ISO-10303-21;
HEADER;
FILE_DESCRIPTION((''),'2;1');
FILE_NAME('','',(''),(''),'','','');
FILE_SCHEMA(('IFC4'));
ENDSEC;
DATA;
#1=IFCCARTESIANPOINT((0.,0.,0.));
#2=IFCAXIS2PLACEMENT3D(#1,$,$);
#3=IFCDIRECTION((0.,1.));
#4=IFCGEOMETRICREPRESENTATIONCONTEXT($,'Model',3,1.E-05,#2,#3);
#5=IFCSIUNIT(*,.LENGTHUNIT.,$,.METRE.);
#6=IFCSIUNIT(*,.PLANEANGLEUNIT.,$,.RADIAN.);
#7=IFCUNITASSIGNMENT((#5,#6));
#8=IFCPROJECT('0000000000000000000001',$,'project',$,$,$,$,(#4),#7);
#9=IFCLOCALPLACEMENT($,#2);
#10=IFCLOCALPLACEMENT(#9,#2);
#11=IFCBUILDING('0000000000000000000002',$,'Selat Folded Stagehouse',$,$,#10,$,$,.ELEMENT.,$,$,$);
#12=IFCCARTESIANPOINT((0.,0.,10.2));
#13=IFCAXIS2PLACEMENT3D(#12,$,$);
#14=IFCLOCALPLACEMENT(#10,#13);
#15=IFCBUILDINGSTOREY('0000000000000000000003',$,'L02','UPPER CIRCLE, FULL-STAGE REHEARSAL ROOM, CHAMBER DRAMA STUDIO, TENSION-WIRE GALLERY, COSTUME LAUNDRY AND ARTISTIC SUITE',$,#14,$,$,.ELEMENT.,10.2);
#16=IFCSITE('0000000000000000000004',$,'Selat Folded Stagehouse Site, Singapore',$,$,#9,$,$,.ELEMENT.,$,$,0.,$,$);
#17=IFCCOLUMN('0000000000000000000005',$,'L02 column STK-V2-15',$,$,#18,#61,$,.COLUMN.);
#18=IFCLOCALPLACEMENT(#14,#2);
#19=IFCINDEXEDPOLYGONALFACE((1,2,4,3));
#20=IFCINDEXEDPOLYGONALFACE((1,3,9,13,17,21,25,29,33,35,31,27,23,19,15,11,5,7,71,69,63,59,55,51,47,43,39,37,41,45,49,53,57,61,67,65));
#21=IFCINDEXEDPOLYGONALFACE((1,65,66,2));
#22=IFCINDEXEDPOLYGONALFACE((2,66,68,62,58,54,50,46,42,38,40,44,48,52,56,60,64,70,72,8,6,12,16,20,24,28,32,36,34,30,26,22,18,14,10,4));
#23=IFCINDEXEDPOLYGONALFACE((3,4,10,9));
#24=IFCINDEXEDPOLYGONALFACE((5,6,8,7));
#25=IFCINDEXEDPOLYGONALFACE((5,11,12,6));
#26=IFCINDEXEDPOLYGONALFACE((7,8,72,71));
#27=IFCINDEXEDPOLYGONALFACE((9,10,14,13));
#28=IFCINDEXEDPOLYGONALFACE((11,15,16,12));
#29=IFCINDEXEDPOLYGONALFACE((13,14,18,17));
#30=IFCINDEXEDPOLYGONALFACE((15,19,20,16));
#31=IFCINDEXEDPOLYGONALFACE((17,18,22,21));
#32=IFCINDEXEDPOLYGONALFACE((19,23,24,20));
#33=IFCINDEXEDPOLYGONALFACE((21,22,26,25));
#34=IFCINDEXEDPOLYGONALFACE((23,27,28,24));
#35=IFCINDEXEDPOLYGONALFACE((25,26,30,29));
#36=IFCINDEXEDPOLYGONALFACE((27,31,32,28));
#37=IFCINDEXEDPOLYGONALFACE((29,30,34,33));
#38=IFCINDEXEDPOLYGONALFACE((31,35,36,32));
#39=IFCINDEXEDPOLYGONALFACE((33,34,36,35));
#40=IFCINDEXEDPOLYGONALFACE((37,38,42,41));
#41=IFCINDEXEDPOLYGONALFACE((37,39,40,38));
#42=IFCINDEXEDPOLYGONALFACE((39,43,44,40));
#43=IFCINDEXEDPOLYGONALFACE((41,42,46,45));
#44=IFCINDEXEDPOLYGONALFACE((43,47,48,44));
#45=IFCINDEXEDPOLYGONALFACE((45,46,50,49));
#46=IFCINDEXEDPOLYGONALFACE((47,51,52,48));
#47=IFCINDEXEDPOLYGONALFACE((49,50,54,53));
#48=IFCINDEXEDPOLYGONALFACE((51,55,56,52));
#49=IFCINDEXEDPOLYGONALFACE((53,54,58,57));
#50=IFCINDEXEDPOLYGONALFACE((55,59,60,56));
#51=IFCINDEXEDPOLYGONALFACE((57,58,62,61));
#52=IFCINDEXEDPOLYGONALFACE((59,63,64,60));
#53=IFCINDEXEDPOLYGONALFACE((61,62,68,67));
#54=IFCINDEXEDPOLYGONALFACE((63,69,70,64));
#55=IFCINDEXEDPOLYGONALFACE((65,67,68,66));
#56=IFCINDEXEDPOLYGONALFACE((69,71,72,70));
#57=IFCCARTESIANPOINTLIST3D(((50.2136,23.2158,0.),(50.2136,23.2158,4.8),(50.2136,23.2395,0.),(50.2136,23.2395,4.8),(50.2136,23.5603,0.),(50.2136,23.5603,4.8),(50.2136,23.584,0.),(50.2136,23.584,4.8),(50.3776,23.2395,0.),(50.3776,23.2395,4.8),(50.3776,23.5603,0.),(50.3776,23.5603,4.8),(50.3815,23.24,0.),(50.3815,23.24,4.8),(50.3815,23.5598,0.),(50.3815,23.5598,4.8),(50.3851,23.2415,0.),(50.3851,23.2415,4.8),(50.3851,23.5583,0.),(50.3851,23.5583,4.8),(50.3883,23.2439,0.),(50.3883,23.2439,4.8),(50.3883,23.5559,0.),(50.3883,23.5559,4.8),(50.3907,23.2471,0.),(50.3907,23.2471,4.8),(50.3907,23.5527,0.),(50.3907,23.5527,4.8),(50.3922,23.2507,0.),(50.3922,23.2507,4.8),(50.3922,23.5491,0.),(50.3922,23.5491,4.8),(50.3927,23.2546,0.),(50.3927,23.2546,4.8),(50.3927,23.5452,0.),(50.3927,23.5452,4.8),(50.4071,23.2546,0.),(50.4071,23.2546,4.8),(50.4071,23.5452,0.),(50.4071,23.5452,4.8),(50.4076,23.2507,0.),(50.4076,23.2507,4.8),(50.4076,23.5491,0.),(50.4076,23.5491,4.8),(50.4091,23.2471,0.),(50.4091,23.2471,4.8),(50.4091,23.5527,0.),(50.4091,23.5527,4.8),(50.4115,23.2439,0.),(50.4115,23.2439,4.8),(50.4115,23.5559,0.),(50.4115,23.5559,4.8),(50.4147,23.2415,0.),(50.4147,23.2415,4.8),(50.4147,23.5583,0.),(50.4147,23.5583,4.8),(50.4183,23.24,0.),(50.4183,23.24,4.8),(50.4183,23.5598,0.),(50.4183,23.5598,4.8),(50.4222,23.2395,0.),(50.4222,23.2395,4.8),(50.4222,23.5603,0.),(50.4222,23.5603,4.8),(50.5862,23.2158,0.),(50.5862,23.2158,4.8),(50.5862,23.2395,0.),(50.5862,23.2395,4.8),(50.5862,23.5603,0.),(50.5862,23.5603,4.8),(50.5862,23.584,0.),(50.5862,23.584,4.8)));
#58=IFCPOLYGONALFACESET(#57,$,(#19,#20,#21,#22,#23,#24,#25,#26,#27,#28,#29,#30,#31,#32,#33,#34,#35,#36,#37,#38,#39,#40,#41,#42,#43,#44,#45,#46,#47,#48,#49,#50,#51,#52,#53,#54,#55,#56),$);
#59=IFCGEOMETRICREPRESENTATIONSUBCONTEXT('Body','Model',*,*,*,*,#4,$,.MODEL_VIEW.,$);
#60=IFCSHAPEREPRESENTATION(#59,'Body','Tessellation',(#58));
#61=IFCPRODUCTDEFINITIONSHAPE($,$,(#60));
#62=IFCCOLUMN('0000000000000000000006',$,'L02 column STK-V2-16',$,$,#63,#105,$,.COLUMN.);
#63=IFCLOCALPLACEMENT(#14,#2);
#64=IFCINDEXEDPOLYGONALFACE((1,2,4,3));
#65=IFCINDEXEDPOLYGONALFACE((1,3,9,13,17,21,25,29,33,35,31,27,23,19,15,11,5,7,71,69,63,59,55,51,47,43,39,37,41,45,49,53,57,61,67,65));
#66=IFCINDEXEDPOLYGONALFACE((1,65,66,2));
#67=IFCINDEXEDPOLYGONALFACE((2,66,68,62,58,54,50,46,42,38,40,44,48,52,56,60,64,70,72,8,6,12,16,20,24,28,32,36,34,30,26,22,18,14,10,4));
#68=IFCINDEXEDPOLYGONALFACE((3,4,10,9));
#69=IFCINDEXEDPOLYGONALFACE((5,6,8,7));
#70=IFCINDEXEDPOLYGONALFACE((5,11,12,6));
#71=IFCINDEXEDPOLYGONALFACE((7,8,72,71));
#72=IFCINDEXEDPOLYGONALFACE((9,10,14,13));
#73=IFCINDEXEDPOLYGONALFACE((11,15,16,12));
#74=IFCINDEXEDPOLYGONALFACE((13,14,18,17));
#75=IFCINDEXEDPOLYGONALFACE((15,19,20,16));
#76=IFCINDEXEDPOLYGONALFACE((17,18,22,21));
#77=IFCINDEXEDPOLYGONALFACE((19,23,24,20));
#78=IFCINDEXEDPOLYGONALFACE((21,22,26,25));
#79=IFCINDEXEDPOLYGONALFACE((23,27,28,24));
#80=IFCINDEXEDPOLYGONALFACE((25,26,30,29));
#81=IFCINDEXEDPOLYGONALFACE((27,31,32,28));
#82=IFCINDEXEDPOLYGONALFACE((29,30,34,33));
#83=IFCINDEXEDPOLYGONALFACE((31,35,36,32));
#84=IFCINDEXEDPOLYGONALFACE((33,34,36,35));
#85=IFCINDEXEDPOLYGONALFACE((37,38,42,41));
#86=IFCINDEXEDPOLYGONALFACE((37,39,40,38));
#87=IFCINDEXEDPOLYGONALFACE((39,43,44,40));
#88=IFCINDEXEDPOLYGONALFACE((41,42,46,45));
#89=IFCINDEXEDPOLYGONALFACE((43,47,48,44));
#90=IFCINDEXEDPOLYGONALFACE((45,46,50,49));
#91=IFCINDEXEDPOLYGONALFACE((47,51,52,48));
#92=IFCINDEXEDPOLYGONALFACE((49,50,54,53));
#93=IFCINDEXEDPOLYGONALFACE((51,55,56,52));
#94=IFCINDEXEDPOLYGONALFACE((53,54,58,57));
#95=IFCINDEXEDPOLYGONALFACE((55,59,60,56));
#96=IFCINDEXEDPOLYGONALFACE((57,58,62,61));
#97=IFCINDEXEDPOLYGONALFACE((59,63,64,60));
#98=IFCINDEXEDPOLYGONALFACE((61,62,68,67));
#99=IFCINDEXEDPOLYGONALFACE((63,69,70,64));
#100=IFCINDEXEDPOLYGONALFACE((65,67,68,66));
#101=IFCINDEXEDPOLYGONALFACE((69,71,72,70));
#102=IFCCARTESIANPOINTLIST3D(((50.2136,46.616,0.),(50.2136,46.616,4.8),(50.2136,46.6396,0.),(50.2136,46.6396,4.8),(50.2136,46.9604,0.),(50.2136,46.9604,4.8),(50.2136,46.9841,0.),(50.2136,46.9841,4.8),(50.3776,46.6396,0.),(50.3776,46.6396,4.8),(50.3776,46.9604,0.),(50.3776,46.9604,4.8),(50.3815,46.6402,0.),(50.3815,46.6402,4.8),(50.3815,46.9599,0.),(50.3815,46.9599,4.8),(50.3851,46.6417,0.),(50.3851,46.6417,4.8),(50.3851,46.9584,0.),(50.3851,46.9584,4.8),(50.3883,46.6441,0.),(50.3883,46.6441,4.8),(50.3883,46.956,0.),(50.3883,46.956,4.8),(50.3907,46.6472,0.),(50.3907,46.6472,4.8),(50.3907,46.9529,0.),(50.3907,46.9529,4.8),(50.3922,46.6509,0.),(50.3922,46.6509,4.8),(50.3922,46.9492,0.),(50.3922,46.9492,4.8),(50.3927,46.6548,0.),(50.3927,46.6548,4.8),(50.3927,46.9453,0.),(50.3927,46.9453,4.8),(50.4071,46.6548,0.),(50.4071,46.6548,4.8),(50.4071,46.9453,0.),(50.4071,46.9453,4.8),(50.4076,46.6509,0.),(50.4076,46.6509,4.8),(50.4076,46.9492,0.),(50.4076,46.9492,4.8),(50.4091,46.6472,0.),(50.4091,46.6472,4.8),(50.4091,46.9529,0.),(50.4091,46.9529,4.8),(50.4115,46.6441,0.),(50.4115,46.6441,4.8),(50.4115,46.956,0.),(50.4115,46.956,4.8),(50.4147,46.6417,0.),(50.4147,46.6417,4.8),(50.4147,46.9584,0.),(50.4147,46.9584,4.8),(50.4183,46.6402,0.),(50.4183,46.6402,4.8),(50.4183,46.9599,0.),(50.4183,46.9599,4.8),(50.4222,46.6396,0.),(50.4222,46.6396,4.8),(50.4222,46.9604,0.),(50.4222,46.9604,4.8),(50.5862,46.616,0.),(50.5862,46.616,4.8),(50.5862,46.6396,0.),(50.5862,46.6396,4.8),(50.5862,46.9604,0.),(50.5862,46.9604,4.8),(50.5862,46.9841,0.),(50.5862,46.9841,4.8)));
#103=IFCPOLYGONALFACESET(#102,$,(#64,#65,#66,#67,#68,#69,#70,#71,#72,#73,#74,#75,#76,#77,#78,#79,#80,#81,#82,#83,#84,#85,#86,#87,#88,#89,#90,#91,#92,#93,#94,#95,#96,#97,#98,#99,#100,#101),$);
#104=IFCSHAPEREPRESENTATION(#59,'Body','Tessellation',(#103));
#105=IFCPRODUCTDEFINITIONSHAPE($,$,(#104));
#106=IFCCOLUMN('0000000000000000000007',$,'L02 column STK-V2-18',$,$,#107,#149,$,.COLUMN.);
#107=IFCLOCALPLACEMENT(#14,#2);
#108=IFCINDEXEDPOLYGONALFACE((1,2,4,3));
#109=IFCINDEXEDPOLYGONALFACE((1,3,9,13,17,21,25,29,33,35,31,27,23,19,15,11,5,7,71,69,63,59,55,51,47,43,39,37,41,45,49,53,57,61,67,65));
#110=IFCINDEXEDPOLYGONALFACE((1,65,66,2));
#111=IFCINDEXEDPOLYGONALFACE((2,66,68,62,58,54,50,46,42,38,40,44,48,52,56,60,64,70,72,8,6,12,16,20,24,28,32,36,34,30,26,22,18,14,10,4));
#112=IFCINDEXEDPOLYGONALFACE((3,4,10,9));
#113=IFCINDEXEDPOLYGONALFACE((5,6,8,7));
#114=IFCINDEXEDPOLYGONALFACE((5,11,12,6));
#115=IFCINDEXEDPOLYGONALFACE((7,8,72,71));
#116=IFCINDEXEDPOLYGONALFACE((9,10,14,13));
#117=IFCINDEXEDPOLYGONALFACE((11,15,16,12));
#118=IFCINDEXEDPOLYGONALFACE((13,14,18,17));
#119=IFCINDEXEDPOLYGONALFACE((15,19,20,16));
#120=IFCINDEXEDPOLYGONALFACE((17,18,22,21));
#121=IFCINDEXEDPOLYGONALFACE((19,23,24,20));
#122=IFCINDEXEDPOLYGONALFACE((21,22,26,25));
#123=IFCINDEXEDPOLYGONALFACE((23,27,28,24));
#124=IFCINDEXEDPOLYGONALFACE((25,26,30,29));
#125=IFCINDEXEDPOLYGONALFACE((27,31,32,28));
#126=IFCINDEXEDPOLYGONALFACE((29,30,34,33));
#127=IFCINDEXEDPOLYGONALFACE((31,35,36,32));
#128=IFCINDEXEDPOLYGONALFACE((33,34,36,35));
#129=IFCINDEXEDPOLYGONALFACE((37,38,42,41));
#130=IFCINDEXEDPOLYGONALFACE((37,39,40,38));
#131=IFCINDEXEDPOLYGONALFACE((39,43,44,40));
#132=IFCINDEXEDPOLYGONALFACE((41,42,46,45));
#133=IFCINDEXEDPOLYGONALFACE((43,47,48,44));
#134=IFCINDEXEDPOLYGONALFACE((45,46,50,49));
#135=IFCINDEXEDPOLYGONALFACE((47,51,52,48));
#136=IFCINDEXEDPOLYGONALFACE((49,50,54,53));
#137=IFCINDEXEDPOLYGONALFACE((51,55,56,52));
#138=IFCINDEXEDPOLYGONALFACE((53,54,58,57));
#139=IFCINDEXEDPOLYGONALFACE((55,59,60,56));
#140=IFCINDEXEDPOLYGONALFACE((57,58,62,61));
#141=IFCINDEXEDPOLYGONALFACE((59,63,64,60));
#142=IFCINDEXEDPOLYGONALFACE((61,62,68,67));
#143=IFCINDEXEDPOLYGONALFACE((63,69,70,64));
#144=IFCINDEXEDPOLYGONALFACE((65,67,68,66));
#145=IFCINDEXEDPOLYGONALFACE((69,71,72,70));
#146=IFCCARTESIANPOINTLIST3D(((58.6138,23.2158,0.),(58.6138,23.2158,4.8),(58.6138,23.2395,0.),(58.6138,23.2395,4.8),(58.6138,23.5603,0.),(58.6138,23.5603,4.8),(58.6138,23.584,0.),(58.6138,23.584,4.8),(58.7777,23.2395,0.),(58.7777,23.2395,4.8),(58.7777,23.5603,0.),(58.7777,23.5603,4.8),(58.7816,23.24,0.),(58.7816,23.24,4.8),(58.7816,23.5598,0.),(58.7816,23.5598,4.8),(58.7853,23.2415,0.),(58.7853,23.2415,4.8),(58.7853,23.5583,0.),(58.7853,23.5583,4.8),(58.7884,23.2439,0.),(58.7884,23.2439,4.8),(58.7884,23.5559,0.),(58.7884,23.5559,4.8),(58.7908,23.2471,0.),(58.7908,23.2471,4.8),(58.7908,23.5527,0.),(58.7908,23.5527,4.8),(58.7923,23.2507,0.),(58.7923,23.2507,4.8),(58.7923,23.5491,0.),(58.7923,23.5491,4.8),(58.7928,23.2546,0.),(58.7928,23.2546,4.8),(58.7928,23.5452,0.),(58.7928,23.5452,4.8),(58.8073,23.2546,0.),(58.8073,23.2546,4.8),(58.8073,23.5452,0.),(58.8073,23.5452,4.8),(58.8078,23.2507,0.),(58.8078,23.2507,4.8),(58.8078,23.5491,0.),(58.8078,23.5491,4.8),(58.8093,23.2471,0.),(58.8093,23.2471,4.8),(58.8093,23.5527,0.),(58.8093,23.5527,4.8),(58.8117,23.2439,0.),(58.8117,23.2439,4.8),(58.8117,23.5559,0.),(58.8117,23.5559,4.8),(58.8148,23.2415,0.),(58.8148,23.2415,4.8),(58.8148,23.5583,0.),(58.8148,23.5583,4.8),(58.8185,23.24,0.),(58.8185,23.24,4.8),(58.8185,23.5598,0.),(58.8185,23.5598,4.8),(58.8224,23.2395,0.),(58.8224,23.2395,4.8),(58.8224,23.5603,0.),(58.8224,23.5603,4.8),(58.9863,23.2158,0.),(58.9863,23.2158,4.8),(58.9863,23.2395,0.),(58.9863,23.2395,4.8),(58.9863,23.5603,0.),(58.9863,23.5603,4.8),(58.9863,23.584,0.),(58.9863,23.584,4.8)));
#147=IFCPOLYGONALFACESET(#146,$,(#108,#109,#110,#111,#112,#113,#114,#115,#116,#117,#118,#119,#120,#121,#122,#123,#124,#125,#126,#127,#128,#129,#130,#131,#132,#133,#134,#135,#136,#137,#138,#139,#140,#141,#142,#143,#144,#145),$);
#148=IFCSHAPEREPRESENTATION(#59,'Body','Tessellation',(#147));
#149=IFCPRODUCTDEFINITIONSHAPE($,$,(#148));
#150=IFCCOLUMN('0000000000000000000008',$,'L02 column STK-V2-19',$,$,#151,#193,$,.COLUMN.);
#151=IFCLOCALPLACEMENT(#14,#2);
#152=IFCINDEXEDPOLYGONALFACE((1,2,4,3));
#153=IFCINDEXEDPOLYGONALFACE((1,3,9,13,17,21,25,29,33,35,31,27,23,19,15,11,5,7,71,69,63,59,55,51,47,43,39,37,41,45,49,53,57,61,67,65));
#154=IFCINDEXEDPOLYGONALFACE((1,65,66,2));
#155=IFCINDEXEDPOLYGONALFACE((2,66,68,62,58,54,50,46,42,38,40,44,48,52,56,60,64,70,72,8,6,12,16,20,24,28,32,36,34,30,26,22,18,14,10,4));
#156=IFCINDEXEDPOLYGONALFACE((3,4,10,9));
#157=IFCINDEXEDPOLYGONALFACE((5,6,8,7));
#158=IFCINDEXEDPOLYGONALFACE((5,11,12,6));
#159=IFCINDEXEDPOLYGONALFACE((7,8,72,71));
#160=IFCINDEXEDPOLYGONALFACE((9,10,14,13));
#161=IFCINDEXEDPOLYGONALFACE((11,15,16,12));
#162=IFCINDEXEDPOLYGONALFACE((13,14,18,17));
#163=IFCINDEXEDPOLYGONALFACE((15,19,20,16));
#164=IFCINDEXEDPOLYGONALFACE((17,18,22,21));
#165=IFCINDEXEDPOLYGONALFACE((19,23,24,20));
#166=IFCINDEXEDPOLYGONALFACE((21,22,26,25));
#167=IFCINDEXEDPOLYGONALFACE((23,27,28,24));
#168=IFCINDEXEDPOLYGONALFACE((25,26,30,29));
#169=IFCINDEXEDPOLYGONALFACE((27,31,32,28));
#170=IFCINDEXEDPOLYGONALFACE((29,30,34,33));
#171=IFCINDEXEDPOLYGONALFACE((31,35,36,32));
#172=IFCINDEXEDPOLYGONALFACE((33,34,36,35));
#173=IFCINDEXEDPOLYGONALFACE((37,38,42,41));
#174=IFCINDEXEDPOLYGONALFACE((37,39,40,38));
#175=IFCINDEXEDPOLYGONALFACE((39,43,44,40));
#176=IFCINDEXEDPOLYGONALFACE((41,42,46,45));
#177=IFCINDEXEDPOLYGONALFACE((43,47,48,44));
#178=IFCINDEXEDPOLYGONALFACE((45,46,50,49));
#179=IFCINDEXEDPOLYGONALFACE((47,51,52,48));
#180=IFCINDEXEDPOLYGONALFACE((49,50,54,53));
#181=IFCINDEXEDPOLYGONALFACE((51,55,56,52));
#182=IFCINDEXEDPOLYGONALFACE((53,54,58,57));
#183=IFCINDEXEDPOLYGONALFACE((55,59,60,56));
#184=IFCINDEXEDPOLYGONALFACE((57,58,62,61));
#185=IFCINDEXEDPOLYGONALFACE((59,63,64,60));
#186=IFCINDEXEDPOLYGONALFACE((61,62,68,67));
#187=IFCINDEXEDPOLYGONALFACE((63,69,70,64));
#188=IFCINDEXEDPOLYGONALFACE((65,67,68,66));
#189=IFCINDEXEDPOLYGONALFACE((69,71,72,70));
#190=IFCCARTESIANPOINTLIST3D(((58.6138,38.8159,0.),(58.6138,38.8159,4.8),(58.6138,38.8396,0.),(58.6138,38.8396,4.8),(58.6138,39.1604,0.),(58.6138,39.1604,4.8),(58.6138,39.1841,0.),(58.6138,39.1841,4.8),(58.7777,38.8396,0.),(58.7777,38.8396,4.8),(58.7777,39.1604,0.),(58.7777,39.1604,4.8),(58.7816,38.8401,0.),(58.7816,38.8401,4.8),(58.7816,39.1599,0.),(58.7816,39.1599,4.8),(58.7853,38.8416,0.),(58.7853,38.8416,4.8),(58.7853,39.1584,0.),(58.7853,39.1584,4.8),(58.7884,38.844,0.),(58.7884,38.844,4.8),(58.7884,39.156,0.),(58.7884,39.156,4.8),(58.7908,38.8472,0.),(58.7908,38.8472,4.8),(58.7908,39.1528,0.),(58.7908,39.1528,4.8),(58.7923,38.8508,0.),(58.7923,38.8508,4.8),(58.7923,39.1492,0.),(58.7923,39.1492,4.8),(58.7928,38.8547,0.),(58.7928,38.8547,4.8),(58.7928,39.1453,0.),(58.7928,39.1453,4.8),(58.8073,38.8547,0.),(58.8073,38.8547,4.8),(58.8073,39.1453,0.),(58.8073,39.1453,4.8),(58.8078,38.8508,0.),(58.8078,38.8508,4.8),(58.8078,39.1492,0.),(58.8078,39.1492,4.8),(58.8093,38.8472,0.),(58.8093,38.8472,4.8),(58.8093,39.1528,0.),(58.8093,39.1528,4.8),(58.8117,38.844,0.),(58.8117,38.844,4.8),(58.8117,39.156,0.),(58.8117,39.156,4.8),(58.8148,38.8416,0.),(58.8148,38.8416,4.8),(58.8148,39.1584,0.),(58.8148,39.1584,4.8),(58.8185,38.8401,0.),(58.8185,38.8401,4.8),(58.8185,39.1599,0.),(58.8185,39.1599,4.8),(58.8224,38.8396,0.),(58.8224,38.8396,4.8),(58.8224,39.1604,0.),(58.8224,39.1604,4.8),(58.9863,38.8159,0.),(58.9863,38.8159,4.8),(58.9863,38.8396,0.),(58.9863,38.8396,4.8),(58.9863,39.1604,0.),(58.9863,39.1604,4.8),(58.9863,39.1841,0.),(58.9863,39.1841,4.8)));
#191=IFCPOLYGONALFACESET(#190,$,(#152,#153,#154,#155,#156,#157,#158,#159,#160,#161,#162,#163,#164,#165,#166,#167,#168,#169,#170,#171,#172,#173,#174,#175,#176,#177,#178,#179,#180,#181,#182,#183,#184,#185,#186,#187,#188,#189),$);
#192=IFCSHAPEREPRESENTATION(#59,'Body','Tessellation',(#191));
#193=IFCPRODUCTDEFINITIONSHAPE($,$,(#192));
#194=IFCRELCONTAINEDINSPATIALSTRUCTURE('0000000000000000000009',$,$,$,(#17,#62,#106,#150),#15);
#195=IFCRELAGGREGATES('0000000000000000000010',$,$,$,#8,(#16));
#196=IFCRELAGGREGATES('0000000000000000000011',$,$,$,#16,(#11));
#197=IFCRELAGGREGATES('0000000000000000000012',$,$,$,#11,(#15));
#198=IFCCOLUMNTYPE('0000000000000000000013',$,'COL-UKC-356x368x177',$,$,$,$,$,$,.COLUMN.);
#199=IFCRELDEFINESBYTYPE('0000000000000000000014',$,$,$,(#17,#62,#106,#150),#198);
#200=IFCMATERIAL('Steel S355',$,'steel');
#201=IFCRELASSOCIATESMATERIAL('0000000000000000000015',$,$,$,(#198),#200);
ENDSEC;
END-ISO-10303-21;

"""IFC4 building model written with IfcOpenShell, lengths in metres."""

from ifc_helpers import new_model, si_unit, direction, frame, origin, origin_2d, place, context, subcontext, project, spatial, i_section, extrude, material, material_profile, profile_set, type_object, element, save


model = new_model("IFC4")

# Units and contexts
model_context = context("Model", 3, precision=1e-05, world=origin(), true_north=direction((0.0, 1.0)))
body_context = subcontext(model_context, "Body", "Model", "MODEL_VIEW")
ifc_project = project(units=[si_unit("LENGTHUNIT", "METRE"), si_unit("PLANEANGLEUNIT", "RADIAN")], contexts=[model_context])

# Site, building, storey
site_placement = place(None, origin())
site = spatial("IfcSite", under=ifc_project, at=site_placement, Name="Selat Folded Stagehouse Site, Singapore", CompositionType="ELEMENT", RefElevation=0.0)
building_placement = place(site_placement, origin())
building = spatial("IfcBuilding", under=site, at=building_placement, Name="Selat Folded Stagehouse", CompositionType="ELEMENT")
storey_placement = place(building_placement, frame((0.0, 0.0, 10.2)))
storey = spatial("IfcBuildingStorey", under=building, at=storey_placement, Name="L02", Description="UPPER CIRCLE, FULL-STAGE REHEARSAL ROOM, CHAMBER DRAMA STUDIO, TENSION-WIRE GALLERY, COSTUME LAUNDRY AND ARTISTIC SUITE", CompositionType="ELEMENT", Elevation=10.2)

# Columns
ifc_material_1 = material(Name="Steel S355", Category="steel")
ifc_material_profile_1 = material_profile(ifc_material_1, i_section(OverallWidth=0.3726, OverallDepth=0.3682, WebThickness=0.0144, FlangeThickness=0.0237, FilletRadius=0.0151, at=origin_2d()), Name="UKC 356x368x177")
ifc_profile_set_1 = profile_set([ifc_material_profile_1], Name="Steel S355")
column_type = type_object("IfcColumnType", Name="COL-UKC-356x368x177", PredefinedType="COLUMN", material=ifc_profile_set_1)
for number, where, z_axis, x_axis, name in (
    (1, (50.3999, 23.3999, 0.0), (0.0, 0.0, 1.0), (1.0, 0.0, 0.0), "L02 column STK-V2-15"),
    (2, (50.3999, 46.8, 0.0), (0.0, 0.0, 1.0), (1.0, 0.0, 0.0), "L02 column STK-V2-16"),
    (3, (58.8, 23.3999, 0.0), (0.0, 0.0, 1.0), (1.0, 0.0, 0.0), "L02 column STK-V2-18"),
    (4, (58.8, 39.0, 0.0), (0.0, 0.0, 1.0), (1.0, 0.0, 0.0), "L02 column STK-V2-19"),
):
    element("IfcColumn", number, at=place(storey_placement, frame(where, z_axis=z_axis, x_axis=x_axis)), inside=storey, type_object=column_type, Name=name, PredefinedType="COLUMN", context=body_context, shape_type="SweptSolid", body=[
        extrude(i_section(OverallWidth=0.3726, OverallDepth=0.3682, WebThickness=0.0144, FlangeThickness=0.0237, FilletRadius=0.0151, at=origin_2d()), origin(), (0.0, 0.0, 1.0), 4.8),
    ])

save(model, "model.ifc")
